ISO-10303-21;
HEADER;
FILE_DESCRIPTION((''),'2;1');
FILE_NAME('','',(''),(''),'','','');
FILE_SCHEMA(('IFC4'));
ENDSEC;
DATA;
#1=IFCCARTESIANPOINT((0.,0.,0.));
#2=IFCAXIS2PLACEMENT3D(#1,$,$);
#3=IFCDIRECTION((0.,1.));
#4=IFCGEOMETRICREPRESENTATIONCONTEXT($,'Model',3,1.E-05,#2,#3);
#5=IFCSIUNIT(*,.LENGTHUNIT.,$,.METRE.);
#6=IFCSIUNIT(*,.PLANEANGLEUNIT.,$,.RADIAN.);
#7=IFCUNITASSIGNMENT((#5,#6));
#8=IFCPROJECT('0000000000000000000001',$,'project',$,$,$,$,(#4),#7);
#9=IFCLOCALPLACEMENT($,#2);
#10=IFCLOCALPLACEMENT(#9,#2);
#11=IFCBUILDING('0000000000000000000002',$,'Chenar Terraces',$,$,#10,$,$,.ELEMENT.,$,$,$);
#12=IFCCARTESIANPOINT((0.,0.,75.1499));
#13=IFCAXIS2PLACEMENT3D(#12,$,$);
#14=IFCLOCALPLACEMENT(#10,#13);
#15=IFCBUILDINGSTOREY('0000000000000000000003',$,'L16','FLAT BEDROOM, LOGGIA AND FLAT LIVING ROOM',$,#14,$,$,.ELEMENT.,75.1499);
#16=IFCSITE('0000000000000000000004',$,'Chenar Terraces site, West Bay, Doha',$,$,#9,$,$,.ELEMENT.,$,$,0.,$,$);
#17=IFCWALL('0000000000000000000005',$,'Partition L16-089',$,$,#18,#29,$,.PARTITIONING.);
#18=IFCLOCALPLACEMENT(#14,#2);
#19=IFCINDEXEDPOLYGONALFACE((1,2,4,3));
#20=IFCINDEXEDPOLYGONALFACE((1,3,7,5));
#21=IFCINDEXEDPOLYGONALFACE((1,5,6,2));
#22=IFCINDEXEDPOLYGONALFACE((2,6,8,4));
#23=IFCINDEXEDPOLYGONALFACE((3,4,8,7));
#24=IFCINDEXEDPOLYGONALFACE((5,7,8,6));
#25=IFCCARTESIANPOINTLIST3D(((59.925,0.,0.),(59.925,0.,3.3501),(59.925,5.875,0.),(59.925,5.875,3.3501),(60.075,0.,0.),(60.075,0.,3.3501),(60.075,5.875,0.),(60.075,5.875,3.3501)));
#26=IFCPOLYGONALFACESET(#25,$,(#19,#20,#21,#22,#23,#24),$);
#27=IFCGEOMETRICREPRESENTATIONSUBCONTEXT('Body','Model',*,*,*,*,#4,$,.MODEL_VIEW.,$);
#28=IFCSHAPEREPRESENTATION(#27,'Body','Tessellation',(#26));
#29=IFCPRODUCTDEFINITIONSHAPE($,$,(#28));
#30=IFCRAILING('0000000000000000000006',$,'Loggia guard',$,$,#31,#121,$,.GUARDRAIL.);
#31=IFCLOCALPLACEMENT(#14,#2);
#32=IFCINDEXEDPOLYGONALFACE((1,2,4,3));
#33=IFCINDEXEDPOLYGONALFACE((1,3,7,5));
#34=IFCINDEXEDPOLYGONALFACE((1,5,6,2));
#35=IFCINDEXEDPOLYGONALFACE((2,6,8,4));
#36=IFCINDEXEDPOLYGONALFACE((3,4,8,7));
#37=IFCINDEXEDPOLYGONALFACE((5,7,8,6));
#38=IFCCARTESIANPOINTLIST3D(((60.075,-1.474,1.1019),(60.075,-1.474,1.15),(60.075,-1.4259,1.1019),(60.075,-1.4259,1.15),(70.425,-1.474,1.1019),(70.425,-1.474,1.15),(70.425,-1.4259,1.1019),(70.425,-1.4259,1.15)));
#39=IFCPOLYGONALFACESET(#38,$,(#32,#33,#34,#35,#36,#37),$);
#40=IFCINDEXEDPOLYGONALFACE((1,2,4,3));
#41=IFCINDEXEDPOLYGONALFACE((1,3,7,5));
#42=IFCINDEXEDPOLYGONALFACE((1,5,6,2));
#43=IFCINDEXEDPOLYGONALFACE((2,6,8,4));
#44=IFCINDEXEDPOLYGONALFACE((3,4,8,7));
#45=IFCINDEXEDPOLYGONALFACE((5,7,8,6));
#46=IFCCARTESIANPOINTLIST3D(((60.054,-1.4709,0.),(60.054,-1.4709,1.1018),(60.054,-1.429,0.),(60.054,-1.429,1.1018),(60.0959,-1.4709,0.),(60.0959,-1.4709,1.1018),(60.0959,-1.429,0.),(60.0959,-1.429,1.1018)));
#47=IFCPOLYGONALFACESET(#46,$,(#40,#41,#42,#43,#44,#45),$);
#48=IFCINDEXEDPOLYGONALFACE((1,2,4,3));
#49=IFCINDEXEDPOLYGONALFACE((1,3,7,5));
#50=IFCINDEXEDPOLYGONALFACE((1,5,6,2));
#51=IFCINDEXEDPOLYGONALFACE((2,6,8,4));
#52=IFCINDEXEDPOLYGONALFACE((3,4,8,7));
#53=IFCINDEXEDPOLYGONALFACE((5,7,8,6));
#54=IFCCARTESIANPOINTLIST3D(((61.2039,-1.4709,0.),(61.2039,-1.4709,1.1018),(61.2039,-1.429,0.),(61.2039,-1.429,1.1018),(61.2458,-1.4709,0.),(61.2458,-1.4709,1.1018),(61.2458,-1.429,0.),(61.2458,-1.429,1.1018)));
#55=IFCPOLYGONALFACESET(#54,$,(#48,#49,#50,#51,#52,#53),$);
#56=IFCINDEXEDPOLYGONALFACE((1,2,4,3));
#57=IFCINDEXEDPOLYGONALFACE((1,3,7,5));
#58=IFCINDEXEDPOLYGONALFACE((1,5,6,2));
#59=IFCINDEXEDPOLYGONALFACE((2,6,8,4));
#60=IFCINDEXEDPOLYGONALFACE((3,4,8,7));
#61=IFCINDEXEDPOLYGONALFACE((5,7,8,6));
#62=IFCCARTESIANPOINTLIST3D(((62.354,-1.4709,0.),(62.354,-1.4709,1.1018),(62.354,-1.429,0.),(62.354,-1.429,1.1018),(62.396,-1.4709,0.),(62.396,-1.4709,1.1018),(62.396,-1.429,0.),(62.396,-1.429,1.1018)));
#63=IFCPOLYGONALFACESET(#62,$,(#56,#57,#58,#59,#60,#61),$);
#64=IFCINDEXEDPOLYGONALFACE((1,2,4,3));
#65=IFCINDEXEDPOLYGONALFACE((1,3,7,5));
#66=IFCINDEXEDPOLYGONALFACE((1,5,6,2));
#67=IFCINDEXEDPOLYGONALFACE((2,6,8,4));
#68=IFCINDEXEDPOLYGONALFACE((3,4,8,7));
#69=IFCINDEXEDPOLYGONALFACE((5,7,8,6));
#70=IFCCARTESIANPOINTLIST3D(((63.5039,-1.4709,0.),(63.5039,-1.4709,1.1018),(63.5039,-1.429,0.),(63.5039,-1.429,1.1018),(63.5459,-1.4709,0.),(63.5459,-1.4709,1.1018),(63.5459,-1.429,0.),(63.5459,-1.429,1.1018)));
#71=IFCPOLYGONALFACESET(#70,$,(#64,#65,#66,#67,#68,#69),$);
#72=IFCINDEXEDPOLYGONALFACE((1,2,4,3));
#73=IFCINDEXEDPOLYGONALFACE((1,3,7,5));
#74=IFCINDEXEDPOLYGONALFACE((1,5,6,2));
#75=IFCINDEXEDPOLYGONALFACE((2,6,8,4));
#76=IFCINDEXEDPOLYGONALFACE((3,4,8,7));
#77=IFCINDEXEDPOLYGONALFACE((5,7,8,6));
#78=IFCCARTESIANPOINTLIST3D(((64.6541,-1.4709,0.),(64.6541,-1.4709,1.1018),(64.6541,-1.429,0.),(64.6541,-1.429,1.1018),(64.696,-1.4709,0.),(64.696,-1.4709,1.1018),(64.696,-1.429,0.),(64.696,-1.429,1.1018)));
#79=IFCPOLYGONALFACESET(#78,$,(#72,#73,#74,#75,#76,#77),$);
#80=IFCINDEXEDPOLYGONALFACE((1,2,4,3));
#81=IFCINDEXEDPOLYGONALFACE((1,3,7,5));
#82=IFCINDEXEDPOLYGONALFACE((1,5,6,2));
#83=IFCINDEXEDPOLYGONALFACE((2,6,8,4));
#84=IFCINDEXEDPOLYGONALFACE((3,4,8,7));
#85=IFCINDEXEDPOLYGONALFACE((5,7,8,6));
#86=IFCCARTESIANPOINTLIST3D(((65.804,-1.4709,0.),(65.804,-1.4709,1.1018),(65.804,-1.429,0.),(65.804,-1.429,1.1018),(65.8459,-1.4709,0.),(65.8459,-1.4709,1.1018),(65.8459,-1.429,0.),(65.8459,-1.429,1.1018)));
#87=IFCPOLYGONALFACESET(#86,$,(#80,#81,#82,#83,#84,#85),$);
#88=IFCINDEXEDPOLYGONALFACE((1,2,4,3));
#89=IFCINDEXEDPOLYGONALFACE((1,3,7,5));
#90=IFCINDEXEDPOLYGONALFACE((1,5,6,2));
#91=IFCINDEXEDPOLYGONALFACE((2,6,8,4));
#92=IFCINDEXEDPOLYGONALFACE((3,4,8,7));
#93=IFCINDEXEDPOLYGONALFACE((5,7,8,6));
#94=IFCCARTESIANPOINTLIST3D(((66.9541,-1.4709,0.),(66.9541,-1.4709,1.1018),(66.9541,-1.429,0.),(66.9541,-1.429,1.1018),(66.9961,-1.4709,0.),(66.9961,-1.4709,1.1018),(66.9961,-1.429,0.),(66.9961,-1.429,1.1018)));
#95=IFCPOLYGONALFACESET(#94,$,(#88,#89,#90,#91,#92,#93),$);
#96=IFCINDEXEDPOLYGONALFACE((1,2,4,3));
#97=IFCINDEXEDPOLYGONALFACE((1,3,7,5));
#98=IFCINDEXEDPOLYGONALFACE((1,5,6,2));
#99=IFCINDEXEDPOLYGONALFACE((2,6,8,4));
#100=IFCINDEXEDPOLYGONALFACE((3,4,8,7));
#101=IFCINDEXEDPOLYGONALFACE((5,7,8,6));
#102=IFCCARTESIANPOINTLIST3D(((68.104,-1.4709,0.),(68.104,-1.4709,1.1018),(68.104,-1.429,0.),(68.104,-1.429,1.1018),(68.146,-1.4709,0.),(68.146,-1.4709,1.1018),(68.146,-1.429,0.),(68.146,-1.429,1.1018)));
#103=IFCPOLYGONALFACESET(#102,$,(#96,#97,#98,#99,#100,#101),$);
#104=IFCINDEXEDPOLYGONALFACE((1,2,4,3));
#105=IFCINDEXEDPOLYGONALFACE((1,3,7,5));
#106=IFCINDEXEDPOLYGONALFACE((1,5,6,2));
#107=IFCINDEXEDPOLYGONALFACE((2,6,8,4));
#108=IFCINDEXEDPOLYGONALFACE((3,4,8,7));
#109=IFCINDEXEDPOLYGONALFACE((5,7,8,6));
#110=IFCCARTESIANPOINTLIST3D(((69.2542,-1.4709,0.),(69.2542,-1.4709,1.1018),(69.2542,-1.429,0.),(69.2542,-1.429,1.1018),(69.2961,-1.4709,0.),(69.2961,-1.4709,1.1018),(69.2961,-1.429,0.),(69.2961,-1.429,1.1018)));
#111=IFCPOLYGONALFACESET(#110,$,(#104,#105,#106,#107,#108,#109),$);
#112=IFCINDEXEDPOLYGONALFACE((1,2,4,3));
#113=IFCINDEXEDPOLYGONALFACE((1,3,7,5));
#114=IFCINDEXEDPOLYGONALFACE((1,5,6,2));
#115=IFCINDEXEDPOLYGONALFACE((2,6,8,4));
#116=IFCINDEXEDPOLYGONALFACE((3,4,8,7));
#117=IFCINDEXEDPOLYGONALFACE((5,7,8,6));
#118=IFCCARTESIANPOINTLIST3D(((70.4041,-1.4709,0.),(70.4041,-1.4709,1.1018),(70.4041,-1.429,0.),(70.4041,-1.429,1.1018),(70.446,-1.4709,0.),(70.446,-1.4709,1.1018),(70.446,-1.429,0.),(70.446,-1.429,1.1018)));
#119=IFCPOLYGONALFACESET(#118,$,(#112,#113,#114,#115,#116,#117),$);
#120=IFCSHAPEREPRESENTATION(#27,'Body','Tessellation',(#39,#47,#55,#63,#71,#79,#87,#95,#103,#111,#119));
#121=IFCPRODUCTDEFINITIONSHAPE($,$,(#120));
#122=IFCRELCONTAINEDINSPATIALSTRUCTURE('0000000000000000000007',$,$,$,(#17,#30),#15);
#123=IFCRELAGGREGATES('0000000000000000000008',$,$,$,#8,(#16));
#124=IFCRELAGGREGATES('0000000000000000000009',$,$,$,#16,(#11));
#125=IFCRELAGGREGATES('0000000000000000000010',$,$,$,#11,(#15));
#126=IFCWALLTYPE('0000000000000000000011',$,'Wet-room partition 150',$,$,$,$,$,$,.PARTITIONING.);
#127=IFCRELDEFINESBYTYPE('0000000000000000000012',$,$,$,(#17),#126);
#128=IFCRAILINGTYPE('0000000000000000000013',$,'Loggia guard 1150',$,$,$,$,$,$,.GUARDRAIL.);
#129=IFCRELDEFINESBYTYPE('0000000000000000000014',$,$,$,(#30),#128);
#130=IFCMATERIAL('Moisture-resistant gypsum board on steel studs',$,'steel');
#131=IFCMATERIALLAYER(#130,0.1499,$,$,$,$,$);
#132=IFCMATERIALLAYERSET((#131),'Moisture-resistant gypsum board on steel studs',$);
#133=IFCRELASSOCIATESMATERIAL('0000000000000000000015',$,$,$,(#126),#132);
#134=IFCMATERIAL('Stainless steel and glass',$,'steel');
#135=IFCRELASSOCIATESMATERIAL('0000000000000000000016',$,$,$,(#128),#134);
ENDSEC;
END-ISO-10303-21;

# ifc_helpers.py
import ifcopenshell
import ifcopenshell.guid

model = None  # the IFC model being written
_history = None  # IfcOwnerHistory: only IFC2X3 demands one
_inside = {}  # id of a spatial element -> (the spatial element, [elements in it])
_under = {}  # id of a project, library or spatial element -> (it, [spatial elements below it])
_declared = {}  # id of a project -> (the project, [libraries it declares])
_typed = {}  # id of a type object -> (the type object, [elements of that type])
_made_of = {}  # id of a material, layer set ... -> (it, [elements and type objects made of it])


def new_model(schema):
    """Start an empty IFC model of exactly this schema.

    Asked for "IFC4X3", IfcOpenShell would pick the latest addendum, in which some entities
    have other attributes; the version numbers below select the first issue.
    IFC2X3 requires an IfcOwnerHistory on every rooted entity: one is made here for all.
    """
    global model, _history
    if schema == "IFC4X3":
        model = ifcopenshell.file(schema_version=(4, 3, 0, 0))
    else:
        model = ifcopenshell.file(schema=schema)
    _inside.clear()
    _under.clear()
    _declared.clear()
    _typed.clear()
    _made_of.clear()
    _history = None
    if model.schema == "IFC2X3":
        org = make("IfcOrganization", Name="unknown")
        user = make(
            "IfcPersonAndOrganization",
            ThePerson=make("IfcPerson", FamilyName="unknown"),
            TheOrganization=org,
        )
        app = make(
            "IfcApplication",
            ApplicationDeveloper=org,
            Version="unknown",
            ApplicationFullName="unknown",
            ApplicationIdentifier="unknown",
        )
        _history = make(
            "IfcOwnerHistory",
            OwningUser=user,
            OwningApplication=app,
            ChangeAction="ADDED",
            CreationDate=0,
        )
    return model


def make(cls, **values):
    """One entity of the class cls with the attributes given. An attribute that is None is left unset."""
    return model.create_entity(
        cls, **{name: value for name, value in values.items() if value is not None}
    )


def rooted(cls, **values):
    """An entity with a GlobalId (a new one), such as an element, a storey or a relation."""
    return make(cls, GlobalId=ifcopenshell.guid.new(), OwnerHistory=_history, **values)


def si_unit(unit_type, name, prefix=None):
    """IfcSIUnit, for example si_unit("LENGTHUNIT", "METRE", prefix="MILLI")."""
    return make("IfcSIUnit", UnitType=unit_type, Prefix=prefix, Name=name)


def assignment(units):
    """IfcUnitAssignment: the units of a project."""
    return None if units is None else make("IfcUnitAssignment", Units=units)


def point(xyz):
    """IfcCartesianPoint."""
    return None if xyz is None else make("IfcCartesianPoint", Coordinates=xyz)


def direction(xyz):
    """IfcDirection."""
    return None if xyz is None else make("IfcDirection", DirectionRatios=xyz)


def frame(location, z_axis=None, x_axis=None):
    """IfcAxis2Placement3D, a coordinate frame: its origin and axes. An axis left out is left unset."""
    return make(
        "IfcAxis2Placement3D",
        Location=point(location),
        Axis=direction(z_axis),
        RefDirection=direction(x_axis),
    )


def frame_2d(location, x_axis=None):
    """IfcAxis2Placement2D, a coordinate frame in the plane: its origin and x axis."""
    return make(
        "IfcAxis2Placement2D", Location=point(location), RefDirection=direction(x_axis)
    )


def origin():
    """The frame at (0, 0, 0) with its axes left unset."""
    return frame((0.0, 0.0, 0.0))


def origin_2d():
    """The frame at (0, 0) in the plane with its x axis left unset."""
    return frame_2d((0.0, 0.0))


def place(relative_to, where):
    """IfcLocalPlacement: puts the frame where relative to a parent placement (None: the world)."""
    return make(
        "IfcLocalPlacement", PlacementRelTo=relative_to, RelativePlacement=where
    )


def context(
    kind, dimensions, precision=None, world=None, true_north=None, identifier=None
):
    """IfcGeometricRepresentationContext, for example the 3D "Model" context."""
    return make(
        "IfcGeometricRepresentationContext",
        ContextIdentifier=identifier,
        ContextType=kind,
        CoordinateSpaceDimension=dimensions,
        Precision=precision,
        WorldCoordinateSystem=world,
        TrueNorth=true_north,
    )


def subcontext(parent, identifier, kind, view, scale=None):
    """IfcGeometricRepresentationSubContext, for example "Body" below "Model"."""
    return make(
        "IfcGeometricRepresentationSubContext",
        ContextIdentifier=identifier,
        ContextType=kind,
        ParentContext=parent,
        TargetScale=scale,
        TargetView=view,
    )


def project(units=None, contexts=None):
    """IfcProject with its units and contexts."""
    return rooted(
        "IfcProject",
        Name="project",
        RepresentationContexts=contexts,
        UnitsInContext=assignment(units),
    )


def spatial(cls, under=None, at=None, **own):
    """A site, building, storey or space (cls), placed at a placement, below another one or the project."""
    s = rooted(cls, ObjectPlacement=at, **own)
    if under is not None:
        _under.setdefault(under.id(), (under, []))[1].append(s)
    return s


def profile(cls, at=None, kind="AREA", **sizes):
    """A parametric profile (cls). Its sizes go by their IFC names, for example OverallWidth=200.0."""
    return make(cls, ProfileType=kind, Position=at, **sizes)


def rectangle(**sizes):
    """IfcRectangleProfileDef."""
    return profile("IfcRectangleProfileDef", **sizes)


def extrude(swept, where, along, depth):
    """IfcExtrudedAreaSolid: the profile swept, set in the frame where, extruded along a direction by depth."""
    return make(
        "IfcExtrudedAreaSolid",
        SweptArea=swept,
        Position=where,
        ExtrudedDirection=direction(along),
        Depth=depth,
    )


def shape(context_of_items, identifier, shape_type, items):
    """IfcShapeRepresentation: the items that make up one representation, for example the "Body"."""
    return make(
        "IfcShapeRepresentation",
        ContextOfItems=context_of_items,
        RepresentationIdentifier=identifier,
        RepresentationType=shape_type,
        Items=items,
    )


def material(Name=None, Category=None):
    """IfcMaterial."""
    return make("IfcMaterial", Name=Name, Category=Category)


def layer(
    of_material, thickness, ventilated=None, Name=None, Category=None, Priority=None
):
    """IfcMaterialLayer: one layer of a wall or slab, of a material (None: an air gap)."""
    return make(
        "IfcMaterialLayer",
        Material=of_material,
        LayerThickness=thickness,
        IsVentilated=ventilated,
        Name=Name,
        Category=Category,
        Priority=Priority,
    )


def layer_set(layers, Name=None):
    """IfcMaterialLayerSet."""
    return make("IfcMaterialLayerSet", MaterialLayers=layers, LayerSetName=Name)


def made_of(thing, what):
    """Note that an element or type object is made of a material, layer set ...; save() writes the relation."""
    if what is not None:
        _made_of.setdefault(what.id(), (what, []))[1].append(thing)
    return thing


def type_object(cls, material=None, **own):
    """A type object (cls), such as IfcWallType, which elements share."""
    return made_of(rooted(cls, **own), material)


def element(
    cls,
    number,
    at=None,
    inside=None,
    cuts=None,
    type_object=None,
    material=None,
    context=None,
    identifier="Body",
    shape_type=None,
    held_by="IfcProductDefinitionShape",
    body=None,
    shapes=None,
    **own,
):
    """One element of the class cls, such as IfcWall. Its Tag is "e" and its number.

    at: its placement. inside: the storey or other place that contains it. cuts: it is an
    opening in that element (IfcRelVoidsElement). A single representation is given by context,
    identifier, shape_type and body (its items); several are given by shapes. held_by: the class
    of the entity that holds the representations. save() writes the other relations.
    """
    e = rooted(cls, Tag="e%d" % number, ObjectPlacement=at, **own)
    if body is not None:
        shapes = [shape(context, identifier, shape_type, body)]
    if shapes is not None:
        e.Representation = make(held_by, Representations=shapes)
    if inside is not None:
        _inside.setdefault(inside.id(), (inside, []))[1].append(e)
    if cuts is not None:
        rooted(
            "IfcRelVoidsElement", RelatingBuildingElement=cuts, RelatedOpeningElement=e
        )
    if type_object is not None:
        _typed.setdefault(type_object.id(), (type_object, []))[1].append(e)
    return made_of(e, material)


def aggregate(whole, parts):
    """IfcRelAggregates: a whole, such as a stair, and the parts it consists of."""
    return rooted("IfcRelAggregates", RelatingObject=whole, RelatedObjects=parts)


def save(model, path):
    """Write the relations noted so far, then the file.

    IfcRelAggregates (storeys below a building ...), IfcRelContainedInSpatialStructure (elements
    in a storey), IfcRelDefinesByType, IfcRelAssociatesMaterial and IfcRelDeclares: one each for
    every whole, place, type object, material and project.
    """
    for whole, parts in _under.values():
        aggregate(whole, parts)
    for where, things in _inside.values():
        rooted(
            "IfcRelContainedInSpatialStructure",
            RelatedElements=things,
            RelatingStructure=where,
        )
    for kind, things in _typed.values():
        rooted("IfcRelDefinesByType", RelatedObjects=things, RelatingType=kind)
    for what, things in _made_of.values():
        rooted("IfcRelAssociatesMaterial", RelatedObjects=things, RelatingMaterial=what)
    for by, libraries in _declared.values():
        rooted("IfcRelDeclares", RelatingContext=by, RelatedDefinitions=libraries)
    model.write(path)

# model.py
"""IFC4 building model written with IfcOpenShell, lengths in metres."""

from ifc_helpers import new_model, si_unit, direction, frame, frame_2d, origin, origin_2d, place, context, subcontext, project, spatial, rectangle, extrude, material, layer, layer_set, type_object, element, save


model = new_model("IFC4")

# Units and contexts
model_context = context("Model", 3, precision=1e-05, world=origin(), true_north=direction((0.0, 1.0)))
body_context = subcontext(model_context, "Body", "Model", "MODEL_VIEW")
ifc_project = project(units=[si_unit("LENGTHUNIT", "METRE"), si_unit("PLANEANGLEUNIT", "RADIAN")], contexts=[model_context])

# Site, building, storey
site_placement = place(None, origin())
site = spatial("IfcSite", under=ifc_project, at=site_placement, Name="Chenar Terraces site, West Bay, Doha", CompositionType="ELEMENT", RefElevation=0.0)
building_placement = place(site_placement, origin())
building = spatial("IfcBuilding", under=site, at=building_placement, Name="Chenar Terraces", CompositionType="ELEMENT")
storey_placement = place(building_placement, frame((0.0, 0.0, 75.1499)))
storey = spatial("IfcBuildingStorey", under=building, at=storey_placement, Name="L16", Description="FLAT BEDROOM, LOGGIA AND FLAT LIVING ROOM", CompositionType="ELEMENT", Elevation=75.1499)

# Wall
ifc_material_1 = material(Name="Moisture-resistant gypsum board on steel studs", Category="steel")
ifc_layer_1 = layer(ifc_material_1, 0.1499)
ifc_layer_set_1 = layer_set([ifc_layer_1], Name="Moisture-resistant gypsum board on steel studs")
wall_type_1 = type_object("IfcWallType", Name="Wet-room partition 150", PredefinedType="PARTITIONING", material=ifc_layer_set_1)
wall_1_placement = place(storey_placement, frame((60.0, 0.0, 0.0), z_axis=(0.0, 0.0, 1.0), x_axis=(0.0, 1.0, 0.0)))
element("IfcWall", 1, at=wall_1_placement, inside=storey, type_object=wall_type_1, Name="Partition L16-089", PredefinedType="PARTITIONING", context=body_context, shape_type="SweptSolid", body=[
    extrude(rectangle(XDim=5.875, YDim=0.1499, at=frame_2d((2.9375, 0.0))), origin(), (0.0, 0.0, 1.0), 3.3501),
])

# Railing
ifc_material_2 = material(Name="Stainless steel and glass", Category="steel")
railing_type = type_object("IfcRailingType", Name="Loggia guard 1150", PredefinedType="GUARDRAIL", material=ifc_material_2)
railing_placement = place(storey_placement, frame((60.075, -1.45, 0.0)))
element("IfcRailing", 2, at=railing_placement, inside=storey, type_object=railing_type, Name="Loggia guard", PredefinedType="GUARDRAIL", context=body_context, shape_type="SweptSolid", body=[
    extrude(rectangle(XDim=0.0481, YDim=0.0481, at=origin_2d()), frame((0.0, 0.0, 1.126), z_axis=(1.0, 0.0, 0.0), x_axis=(0.0, 1.0, 0.0)), (0.0, 0.0, 1.0), 10.3501),
    extrude(rectangle(XDim=0.042, YDim=0.042, at=origin_2d()), origin(), (0.0, 0.0, 1.0), 1.1018),
    extrude(rectangle(XDim=0.042, YDim=0.042, at=origin_2d()), frame((1.1499, 0.0, 0.0)), (0.0, 0.0, 1.0), 1.1018),
    extrude(rectangle(XDim=0.042, YDim=0.042, at=origin_2d()), frame((2.3, 0.0, 0.0)), (0.0, 0.0, 1.0), 1.1018),
    extrude(rectangle(XDim=0.042, YDim=0.042, at=origin_2d()), frame((3.45, 0.0, 0.0)), (0.0, 0.0, 1.0), 1.1018),
    extrude(rectangle(XDim=0.042, YDim=0.042, at=origin_2d()), frame((4.6001, 0.0, 0.0)), (0.0, 0.0, 1.0), 1.1018),
    extrude(rectangle(XDim=0.042, YDim=0.042, at=origin_2d()), frame((5.75, 0.0, 0.0)), (0.0, 0.0, 1.0), 1.1018),
    extrude(rectangle(XDim=0.042, YDim=0.042, at=origin_2d()), frame((6.9001, 0.0, 0.0)), (0.0, 0.0, 1.0), 1.1018),
    extrude(rectangle(XDim=0.042, YDim=0.042, at=origin_2d()), frame((8.05, 0.0, 0.0)), (0.0, 0.0, 1.0), 1.1018),
    extrude(rectangle(XDim=0.042, YDim=0.042, at=origin_2d()), frame((9.2002, 0.0, 0.0)), (0.0, 0.0, 1.0), 1.1018),
    extrude(rectangle(XDim=0.042, YDim=0.042, at=origin_2d()), frame((10.3501, 0.0, 0.0)), (0.0, 0.0, 1.0), 1.1018),
])

save(model, "model.ifc")
